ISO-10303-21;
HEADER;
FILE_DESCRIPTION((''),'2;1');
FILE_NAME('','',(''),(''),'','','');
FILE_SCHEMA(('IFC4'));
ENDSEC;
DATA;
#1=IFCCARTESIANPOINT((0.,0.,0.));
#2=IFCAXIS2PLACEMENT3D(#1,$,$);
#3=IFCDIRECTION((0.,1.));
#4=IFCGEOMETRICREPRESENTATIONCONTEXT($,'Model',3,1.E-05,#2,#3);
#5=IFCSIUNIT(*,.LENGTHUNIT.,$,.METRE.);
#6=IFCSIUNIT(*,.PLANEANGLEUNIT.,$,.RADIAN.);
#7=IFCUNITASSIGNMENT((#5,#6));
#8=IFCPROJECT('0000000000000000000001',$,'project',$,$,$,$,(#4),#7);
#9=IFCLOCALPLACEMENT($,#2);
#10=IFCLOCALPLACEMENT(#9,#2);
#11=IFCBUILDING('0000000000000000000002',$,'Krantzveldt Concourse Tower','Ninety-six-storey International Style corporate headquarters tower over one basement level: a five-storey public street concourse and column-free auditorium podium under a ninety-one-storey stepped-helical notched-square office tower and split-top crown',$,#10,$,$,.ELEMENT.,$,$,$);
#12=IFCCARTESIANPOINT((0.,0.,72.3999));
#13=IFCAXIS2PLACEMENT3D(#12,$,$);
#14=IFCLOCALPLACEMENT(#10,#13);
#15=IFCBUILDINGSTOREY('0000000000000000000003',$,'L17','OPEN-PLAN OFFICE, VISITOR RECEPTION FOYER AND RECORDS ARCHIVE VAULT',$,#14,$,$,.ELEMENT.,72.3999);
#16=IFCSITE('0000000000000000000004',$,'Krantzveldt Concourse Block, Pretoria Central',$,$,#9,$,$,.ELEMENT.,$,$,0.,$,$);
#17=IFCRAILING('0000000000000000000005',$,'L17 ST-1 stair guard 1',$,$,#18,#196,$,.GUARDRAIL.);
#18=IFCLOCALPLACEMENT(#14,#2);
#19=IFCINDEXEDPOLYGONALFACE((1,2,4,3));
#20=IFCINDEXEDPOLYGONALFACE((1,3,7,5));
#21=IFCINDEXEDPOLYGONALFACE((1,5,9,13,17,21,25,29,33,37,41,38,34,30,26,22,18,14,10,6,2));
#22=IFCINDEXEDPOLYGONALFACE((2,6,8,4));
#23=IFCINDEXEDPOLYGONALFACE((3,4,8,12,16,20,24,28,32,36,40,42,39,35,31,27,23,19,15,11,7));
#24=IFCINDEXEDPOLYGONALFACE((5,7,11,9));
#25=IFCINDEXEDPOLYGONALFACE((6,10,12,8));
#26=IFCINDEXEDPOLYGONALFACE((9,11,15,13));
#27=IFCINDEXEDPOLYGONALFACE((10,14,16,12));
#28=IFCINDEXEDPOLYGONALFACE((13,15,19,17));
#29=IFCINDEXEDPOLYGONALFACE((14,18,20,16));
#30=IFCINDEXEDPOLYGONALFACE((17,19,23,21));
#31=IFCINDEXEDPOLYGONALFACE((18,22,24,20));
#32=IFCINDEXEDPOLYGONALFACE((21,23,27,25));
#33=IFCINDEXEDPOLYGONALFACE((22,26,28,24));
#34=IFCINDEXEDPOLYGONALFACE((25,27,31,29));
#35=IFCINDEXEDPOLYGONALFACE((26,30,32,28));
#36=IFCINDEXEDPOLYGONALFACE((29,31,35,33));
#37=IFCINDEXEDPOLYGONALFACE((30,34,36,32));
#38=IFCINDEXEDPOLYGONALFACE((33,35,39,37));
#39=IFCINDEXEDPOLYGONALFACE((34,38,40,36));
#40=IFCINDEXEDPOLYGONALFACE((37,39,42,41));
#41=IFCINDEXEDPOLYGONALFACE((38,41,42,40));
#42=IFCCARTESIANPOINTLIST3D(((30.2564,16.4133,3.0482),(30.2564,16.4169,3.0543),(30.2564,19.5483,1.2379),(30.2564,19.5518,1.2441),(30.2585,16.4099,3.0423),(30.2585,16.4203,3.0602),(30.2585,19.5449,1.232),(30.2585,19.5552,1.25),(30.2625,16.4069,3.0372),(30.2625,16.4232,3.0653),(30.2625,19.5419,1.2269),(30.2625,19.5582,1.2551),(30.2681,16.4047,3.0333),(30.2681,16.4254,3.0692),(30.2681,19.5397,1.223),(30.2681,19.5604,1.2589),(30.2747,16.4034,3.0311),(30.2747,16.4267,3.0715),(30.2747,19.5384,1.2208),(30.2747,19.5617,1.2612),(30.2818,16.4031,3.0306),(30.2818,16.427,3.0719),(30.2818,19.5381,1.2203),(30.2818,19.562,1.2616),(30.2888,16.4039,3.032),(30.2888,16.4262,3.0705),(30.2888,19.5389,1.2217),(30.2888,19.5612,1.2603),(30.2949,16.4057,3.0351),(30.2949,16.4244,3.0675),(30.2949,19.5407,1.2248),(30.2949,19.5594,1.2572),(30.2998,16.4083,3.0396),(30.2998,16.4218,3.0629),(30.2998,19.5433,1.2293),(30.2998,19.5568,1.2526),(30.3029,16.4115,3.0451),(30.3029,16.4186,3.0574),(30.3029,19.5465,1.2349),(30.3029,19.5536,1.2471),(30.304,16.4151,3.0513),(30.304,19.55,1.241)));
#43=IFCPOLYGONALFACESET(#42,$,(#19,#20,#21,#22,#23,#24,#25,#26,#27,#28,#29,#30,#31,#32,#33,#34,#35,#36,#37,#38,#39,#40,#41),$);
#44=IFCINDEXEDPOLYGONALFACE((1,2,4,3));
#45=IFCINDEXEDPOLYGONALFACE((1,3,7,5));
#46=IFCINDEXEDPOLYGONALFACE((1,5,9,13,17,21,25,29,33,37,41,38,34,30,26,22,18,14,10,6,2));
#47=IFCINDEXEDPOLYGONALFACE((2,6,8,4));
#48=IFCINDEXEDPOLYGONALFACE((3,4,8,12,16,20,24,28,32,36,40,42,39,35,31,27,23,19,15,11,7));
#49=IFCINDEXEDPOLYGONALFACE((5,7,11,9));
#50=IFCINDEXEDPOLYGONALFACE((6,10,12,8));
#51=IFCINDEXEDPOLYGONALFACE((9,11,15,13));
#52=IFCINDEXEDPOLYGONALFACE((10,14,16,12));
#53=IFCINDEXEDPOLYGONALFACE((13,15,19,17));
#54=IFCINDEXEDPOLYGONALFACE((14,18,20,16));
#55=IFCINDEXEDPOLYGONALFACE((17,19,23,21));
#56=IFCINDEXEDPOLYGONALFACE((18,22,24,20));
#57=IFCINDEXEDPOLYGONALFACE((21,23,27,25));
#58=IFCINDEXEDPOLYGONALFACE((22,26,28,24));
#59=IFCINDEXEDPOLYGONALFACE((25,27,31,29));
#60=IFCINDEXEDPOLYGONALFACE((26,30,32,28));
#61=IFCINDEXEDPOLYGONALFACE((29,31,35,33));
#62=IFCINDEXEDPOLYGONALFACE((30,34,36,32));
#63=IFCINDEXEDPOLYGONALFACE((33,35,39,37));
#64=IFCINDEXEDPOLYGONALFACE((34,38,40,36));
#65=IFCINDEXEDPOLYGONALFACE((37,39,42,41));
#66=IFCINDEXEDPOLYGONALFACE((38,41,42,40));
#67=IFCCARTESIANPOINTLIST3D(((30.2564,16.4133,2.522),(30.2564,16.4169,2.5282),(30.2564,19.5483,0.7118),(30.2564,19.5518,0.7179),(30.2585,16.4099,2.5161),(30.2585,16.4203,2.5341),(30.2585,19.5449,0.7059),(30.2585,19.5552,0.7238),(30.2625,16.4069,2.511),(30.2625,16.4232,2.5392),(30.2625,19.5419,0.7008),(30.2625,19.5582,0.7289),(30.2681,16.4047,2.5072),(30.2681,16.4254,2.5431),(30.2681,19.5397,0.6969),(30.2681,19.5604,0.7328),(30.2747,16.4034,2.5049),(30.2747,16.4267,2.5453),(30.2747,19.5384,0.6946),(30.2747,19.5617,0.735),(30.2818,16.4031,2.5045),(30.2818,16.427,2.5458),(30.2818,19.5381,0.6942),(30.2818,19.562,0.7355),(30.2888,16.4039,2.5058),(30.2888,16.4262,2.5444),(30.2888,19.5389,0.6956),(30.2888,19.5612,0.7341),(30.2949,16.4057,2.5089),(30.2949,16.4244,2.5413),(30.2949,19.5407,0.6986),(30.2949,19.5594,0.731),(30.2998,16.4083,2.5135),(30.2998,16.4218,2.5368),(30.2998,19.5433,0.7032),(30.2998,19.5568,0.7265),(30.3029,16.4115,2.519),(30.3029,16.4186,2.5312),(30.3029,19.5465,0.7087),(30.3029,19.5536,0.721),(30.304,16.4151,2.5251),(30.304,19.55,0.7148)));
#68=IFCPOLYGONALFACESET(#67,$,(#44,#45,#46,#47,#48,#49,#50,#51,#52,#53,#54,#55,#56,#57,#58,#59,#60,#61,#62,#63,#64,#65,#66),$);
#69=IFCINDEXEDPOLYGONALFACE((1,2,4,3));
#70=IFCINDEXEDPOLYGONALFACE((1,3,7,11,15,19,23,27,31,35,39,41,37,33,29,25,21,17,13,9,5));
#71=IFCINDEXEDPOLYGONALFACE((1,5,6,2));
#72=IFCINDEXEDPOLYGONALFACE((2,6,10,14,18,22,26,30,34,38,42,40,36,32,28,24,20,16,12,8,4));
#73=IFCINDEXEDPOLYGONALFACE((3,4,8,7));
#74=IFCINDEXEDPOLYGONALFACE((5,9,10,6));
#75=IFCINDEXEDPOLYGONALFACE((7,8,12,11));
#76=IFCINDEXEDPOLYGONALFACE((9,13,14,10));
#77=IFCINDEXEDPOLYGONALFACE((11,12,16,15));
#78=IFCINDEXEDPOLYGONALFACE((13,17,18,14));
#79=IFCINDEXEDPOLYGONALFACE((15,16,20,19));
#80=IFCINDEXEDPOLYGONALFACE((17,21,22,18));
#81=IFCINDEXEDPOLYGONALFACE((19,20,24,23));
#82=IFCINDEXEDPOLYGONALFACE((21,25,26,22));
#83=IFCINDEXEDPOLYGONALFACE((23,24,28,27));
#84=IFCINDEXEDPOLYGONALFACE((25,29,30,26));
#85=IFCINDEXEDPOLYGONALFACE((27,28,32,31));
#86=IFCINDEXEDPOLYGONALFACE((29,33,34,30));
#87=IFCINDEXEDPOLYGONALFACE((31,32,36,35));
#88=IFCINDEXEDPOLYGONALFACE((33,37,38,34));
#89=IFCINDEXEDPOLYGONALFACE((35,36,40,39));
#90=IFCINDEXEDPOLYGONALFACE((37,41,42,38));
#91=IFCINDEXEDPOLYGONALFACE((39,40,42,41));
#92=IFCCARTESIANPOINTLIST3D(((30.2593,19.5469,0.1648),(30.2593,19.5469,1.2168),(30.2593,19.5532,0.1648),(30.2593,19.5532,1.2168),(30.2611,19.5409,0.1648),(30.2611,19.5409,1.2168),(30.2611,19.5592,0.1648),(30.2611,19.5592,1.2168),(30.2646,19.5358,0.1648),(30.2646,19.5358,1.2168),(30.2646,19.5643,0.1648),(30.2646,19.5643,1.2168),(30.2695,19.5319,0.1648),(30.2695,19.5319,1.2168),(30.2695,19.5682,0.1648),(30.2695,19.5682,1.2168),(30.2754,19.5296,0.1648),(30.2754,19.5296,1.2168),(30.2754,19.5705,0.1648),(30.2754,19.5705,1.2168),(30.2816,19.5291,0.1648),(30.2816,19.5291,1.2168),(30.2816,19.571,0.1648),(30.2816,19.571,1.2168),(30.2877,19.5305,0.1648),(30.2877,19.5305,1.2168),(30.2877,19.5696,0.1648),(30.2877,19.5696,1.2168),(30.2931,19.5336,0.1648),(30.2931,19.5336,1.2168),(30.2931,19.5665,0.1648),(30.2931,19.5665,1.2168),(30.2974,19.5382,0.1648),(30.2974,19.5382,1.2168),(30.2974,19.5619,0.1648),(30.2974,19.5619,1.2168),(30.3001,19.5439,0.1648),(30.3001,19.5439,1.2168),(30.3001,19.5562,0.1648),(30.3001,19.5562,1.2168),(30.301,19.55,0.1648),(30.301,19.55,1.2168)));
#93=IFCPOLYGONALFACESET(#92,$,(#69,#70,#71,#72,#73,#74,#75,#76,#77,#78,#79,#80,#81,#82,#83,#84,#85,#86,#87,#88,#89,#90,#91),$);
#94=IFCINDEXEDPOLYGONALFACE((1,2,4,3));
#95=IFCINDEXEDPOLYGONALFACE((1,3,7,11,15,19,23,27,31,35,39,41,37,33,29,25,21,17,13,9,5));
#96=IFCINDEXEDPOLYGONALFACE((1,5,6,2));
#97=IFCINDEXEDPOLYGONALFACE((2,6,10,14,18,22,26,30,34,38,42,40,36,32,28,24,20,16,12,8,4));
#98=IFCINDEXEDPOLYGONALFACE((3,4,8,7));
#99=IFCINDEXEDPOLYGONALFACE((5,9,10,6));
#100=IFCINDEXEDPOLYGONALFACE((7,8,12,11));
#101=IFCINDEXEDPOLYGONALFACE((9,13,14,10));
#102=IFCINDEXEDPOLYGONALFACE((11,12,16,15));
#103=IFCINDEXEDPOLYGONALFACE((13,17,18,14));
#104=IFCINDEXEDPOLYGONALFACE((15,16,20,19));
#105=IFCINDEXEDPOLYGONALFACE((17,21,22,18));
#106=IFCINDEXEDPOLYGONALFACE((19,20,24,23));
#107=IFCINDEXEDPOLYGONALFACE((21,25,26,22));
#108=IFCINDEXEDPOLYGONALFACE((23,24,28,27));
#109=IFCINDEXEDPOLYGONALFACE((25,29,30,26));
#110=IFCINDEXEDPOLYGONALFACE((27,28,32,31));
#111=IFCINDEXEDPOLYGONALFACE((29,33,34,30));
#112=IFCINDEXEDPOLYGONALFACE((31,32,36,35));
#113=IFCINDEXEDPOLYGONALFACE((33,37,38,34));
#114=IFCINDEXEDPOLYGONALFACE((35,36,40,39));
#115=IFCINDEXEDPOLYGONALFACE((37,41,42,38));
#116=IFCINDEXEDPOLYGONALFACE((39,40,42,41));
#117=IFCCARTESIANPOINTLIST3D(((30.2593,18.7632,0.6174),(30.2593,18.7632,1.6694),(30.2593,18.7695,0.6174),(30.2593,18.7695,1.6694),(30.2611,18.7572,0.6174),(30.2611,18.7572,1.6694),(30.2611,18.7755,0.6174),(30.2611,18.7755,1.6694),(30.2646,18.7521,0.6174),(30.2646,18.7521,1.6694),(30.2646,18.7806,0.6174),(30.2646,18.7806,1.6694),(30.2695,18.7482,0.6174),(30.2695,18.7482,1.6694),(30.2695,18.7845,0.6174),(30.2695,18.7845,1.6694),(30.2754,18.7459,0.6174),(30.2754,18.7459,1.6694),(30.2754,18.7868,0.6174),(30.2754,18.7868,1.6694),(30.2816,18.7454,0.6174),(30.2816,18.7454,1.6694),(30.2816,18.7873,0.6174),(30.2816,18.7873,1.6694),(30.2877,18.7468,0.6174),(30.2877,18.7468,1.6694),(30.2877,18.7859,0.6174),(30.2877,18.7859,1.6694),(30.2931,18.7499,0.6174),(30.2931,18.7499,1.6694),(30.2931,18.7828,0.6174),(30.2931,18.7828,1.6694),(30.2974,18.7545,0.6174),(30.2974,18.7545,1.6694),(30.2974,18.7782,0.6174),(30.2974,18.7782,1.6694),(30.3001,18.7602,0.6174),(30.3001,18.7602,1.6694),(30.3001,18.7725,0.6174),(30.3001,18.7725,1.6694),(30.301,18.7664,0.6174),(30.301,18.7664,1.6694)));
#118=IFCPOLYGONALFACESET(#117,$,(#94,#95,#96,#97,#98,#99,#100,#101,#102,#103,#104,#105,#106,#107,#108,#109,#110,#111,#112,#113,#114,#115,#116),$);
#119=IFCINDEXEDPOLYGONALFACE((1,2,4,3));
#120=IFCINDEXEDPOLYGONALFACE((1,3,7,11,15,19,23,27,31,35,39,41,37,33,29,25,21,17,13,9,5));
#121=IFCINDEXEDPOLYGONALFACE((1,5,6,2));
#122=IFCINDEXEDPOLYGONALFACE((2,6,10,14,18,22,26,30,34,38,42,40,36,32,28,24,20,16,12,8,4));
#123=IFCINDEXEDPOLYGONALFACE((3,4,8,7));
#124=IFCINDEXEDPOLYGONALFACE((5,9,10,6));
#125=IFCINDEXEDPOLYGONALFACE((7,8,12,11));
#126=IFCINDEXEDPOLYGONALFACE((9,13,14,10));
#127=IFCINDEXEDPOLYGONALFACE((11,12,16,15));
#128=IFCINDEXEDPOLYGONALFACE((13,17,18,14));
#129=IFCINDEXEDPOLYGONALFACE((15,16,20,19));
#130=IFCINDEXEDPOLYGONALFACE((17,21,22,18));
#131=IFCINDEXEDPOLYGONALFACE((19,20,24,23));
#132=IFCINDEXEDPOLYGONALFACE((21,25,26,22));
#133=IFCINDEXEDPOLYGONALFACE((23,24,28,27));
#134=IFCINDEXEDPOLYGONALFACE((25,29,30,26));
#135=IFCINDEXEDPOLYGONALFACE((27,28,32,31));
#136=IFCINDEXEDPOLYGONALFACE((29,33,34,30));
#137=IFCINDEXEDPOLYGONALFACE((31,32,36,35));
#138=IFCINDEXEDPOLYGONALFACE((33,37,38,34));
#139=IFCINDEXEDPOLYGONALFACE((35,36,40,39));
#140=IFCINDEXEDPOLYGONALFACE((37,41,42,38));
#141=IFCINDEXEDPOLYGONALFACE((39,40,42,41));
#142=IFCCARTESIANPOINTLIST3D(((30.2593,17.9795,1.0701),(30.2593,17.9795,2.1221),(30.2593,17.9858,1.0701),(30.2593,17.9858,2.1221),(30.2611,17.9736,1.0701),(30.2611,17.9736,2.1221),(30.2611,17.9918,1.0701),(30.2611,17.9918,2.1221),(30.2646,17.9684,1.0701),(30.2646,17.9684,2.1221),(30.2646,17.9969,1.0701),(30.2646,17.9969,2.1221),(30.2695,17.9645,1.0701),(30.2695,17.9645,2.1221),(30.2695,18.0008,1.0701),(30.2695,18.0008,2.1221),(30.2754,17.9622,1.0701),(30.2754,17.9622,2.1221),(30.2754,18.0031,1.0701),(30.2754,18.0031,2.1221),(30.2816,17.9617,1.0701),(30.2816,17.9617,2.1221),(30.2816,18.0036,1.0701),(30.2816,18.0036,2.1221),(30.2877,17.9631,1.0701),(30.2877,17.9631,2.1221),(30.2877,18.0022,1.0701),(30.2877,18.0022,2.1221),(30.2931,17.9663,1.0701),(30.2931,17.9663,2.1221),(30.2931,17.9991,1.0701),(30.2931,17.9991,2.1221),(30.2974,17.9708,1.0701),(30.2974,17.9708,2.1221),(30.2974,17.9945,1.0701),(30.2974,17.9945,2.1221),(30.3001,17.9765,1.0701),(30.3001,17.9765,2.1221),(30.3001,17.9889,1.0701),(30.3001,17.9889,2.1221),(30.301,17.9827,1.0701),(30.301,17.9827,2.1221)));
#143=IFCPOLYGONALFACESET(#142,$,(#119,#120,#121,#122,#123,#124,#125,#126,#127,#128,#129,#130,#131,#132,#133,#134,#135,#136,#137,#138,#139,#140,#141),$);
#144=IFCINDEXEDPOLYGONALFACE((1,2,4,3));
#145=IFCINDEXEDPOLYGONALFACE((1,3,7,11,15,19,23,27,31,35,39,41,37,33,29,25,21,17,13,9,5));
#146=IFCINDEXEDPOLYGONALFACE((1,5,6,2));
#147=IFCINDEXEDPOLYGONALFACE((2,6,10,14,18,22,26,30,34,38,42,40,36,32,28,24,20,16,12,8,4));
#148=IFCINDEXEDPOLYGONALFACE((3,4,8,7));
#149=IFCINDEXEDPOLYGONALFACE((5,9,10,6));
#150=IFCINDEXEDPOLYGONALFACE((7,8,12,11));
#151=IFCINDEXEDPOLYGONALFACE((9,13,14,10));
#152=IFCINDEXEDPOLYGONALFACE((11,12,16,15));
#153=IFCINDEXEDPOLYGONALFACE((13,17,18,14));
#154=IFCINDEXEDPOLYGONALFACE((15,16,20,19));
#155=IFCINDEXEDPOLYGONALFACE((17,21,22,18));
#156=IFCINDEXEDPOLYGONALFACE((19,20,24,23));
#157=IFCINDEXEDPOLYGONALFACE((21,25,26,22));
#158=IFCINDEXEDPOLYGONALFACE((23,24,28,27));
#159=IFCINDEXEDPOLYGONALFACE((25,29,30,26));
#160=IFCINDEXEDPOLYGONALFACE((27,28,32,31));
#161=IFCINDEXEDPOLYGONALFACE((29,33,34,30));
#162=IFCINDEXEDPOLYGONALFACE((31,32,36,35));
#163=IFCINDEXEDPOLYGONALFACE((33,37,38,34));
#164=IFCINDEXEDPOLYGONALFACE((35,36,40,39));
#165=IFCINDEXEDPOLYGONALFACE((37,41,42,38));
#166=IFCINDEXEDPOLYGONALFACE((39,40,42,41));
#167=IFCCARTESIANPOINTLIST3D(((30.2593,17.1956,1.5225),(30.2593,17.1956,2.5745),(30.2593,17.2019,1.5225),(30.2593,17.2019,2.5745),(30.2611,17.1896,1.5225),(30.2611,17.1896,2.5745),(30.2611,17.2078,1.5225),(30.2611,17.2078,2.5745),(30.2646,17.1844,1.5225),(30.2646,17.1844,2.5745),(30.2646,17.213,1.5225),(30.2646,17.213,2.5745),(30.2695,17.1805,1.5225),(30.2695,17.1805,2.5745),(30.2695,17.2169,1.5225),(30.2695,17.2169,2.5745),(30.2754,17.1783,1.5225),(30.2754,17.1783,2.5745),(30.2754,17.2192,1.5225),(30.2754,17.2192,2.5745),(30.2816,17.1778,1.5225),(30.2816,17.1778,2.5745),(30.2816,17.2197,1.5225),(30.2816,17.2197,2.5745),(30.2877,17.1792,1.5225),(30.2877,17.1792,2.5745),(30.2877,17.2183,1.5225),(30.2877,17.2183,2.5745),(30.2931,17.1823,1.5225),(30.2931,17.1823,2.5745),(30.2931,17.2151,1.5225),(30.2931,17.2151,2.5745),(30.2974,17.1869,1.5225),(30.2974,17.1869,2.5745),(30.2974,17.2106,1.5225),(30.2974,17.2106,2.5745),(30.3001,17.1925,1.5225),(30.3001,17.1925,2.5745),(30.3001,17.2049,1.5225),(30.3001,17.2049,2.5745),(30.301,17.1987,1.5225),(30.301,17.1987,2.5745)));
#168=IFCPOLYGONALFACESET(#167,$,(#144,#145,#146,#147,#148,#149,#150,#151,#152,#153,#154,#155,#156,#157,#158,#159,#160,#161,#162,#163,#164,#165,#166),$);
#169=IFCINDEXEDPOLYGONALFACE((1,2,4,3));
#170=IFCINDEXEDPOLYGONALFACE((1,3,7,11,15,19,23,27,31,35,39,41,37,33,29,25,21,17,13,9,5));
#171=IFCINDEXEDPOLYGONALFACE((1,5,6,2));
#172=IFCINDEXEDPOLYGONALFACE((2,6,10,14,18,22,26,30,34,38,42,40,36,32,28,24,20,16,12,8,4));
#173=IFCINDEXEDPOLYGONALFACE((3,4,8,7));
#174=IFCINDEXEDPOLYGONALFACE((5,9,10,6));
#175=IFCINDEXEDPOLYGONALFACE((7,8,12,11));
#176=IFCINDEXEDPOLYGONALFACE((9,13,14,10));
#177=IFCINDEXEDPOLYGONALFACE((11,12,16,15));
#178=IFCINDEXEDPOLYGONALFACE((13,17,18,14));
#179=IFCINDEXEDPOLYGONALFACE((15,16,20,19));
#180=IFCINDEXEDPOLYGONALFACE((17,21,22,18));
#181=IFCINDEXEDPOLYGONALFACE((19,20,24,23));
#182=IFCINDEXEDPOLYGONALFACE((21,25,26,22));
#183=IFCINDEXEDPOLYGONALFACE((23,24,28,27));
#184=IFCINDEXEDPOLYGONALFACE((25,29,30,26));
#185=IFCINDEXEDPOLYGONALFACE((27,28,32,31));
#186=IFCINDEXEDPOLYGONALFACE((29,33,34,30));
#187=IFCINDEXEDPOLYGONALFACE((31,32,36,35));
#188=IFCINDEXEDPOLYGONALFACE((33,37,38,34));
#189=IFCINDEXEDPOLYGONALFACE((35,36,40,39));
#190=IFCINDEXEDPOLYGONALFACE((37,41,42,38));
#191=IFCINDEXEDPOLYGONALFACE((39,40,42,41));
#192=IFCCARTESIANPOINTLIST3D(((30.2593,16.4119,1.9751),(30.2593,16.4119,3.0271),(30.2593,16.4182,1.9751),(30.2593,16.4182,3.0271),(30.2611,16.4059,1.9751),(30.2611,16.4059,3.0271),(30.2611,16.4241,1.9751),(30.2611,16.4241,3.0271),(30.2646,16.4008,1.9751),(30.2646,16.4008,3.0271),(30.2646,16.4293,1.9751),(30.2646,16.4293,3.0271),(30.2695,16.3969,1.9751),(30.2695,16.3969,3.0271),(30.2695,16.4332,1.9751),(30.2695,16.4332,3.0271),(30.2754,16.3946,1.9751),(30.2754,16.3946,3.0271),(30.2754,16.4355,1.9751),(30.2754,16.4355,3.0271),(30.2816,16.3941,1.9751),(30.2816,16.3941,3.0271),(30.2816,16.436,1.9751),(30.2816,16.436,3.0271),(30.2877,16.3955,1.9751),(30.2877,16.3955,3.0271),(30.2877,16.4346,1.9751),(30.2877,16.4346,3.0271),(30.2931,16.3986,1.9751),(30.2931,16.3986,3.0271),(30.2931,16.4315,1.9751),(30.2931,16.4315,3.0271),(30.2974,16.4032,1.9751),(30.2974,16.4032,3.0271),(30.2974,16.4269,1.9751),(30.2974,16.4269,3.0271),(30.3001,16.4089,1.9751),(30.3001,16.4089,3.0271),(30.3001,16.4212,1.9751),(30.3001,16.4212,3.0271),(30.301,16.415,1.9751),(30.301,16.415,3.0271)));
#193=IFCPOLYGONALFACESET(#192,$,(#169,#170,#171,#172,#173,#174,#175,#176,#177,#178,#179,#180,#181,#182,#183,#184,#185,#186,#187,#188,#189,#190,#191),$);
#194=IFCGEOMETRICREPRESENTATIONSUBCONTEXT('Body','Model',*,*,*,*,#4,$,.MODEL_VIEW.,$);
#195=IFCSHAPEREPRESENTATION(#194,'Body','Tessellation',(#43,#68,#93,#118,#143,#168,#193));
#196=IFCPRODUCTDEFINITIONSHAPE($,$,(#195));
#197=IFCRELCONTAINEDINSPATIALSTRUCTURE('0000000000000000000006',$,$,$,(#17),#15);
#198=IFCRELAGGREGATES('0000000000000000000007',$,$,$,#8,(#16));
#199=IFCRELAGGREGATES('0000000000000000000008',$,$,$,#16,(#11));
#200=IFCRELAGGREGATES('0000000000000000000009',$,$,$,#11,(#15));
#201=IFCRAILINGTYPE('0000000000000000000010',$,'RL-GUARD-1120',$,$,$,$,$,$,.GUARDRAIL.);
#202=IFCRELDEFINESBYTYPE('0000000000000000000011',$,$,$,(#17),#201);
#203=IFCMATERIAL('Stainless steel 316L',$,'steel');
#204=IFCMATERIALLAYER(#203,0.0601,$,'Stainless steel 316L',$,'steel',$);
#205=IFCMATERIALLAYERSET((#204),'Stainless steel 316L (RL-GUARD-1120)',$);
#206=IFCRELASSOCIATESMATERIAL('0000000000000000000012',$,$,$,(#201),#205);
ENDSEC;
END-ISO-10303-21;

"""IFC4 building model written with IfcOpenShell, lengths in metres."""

from ifc_helpers import new_model, si_unit, direction, frame, origin, origin_2d, place, context, subcontext, project, spatial, circle, extrude, material, layer, layer_set, type_object, element, save


model = new_model("IFC4")

# Units and contexts
model_context = context("Model", 3, precision=1e-05, world=origin(), true_north=direction((0.0, 1.0)))
body_context = subcontext(model_context, "Body", "Model", "MODEL_VIEW")
ifc_project = project(units=[si_unit("LENGTHUNIT", "METRE"), si_unit("PLANEANGLEUNIT", "RADIAN")], contexts=[model_context])

# Site, building, storey
site_placement = place(None, origin())
site = spatial("IfcSite", under=ifc_project, at=site_placement, Name="Krantzveldt Concourse Block, Pretoria Central", CompositionType="ELEMENT", RefElevation=0.0)
building_placement = place(site_placement, origin())
building = spatial("IfcBuilding", under=site, at=building_placement, Name="Krantzveldt Concourse Tower", Description="Ninety-six-storey International Style corporate headquarters tower over one basement level: a five-storey public street concourse and column-free auditorium podium under a ninety-one-storey stepped-helical notched-square office tower and split-top crown", CompositionType="ELEMENT")
storey_placement = place(building_placement, frame((0.0, 0.0, 72.3999)))
storey = spatial("IfcBuildingStorey", under=building, at=storey_placement, Name="L17", Description="OPEN-PLAN OFFICE, VISITOR RECEPTION FOYER AND RECORDS ARCHIVE VAULT", CompositionType="ELEMENT", Elevation=72.3999)

# Railing
ifc_material_1 = material(Name="Stainless steel 316L", Category="steel")
ifc_layer_1 = layer(ifc_material_1, 0.0601, Name="Stainless steel 316L", Category="steel")
ifc_layer_set_1 = layer_set([ifc_layer_1], Name="Stainless steel 316L (RL-GUARD-1120)")
railing_type_1 = type_object("IfcRailingType", Name="RL-GUARD-1120", PredefinedType="GUARDRAIL", material=ifc_layer_set_1)
railing_1_placement = place(storey_placement, frame((30.28, 19.55, 0.1648)))
element("IfcRailing", 1, at=railing_1_placement, inside=storey, type_object=railing_type_1, Name="L17 ST-1 stair guard 1", PredefinedType="GUARDRAIL", context=body_context, shape_type="SweptSolid", body=[
    extrude(circle(Radius=0.0239, at=origin_2d()), frame((0.0, 0.0, 1.0762), z_axis=(0.0, -0.865989, 0.500063), x_axis=(1.0, 0.0, 0.0)), (0.0, 0.0, 1.0), 3.6201),
    extrude(circle(Radius=0.0239, at=origin_2d()), frame((0.0, 0.0, 0.55), z_axis=(0.0, -0.865989, 0.500063), x_axis=(1.0, 0.0, 0.0)), (0.0, 0.0, 1.0), 3.6201),
    extrude(circle(Radius=0.021, at=origin_2d()), origin(), (0.0, 0.0, 1.0), 1.052),
    extrude(circle(Radius=0.021, at=origin_2d()), frame((0.0, -0.7837, 0.4526)), (0.0, 0.0, 1.0), 1.052),
    extrude(circle(Radius=0.021, at=origin_2d()), frame((0.0, -1.5674, 0.9053)), (0.0, 0.0, 1.0), 1.052),
    extrude(circle(Radius=0.021, at=origin_2d()), frame((0.0, -2.3513, 1.3577)), (0.0, 0.0, 1.0), 1.052),
    extrude(circle(Radius=0.021, at=origin_2d()), frame((0.0, -3.135, 1.8103)), (0.0, 0.0, 1.0), 1.052),
])

save(model, "model.ifc")
